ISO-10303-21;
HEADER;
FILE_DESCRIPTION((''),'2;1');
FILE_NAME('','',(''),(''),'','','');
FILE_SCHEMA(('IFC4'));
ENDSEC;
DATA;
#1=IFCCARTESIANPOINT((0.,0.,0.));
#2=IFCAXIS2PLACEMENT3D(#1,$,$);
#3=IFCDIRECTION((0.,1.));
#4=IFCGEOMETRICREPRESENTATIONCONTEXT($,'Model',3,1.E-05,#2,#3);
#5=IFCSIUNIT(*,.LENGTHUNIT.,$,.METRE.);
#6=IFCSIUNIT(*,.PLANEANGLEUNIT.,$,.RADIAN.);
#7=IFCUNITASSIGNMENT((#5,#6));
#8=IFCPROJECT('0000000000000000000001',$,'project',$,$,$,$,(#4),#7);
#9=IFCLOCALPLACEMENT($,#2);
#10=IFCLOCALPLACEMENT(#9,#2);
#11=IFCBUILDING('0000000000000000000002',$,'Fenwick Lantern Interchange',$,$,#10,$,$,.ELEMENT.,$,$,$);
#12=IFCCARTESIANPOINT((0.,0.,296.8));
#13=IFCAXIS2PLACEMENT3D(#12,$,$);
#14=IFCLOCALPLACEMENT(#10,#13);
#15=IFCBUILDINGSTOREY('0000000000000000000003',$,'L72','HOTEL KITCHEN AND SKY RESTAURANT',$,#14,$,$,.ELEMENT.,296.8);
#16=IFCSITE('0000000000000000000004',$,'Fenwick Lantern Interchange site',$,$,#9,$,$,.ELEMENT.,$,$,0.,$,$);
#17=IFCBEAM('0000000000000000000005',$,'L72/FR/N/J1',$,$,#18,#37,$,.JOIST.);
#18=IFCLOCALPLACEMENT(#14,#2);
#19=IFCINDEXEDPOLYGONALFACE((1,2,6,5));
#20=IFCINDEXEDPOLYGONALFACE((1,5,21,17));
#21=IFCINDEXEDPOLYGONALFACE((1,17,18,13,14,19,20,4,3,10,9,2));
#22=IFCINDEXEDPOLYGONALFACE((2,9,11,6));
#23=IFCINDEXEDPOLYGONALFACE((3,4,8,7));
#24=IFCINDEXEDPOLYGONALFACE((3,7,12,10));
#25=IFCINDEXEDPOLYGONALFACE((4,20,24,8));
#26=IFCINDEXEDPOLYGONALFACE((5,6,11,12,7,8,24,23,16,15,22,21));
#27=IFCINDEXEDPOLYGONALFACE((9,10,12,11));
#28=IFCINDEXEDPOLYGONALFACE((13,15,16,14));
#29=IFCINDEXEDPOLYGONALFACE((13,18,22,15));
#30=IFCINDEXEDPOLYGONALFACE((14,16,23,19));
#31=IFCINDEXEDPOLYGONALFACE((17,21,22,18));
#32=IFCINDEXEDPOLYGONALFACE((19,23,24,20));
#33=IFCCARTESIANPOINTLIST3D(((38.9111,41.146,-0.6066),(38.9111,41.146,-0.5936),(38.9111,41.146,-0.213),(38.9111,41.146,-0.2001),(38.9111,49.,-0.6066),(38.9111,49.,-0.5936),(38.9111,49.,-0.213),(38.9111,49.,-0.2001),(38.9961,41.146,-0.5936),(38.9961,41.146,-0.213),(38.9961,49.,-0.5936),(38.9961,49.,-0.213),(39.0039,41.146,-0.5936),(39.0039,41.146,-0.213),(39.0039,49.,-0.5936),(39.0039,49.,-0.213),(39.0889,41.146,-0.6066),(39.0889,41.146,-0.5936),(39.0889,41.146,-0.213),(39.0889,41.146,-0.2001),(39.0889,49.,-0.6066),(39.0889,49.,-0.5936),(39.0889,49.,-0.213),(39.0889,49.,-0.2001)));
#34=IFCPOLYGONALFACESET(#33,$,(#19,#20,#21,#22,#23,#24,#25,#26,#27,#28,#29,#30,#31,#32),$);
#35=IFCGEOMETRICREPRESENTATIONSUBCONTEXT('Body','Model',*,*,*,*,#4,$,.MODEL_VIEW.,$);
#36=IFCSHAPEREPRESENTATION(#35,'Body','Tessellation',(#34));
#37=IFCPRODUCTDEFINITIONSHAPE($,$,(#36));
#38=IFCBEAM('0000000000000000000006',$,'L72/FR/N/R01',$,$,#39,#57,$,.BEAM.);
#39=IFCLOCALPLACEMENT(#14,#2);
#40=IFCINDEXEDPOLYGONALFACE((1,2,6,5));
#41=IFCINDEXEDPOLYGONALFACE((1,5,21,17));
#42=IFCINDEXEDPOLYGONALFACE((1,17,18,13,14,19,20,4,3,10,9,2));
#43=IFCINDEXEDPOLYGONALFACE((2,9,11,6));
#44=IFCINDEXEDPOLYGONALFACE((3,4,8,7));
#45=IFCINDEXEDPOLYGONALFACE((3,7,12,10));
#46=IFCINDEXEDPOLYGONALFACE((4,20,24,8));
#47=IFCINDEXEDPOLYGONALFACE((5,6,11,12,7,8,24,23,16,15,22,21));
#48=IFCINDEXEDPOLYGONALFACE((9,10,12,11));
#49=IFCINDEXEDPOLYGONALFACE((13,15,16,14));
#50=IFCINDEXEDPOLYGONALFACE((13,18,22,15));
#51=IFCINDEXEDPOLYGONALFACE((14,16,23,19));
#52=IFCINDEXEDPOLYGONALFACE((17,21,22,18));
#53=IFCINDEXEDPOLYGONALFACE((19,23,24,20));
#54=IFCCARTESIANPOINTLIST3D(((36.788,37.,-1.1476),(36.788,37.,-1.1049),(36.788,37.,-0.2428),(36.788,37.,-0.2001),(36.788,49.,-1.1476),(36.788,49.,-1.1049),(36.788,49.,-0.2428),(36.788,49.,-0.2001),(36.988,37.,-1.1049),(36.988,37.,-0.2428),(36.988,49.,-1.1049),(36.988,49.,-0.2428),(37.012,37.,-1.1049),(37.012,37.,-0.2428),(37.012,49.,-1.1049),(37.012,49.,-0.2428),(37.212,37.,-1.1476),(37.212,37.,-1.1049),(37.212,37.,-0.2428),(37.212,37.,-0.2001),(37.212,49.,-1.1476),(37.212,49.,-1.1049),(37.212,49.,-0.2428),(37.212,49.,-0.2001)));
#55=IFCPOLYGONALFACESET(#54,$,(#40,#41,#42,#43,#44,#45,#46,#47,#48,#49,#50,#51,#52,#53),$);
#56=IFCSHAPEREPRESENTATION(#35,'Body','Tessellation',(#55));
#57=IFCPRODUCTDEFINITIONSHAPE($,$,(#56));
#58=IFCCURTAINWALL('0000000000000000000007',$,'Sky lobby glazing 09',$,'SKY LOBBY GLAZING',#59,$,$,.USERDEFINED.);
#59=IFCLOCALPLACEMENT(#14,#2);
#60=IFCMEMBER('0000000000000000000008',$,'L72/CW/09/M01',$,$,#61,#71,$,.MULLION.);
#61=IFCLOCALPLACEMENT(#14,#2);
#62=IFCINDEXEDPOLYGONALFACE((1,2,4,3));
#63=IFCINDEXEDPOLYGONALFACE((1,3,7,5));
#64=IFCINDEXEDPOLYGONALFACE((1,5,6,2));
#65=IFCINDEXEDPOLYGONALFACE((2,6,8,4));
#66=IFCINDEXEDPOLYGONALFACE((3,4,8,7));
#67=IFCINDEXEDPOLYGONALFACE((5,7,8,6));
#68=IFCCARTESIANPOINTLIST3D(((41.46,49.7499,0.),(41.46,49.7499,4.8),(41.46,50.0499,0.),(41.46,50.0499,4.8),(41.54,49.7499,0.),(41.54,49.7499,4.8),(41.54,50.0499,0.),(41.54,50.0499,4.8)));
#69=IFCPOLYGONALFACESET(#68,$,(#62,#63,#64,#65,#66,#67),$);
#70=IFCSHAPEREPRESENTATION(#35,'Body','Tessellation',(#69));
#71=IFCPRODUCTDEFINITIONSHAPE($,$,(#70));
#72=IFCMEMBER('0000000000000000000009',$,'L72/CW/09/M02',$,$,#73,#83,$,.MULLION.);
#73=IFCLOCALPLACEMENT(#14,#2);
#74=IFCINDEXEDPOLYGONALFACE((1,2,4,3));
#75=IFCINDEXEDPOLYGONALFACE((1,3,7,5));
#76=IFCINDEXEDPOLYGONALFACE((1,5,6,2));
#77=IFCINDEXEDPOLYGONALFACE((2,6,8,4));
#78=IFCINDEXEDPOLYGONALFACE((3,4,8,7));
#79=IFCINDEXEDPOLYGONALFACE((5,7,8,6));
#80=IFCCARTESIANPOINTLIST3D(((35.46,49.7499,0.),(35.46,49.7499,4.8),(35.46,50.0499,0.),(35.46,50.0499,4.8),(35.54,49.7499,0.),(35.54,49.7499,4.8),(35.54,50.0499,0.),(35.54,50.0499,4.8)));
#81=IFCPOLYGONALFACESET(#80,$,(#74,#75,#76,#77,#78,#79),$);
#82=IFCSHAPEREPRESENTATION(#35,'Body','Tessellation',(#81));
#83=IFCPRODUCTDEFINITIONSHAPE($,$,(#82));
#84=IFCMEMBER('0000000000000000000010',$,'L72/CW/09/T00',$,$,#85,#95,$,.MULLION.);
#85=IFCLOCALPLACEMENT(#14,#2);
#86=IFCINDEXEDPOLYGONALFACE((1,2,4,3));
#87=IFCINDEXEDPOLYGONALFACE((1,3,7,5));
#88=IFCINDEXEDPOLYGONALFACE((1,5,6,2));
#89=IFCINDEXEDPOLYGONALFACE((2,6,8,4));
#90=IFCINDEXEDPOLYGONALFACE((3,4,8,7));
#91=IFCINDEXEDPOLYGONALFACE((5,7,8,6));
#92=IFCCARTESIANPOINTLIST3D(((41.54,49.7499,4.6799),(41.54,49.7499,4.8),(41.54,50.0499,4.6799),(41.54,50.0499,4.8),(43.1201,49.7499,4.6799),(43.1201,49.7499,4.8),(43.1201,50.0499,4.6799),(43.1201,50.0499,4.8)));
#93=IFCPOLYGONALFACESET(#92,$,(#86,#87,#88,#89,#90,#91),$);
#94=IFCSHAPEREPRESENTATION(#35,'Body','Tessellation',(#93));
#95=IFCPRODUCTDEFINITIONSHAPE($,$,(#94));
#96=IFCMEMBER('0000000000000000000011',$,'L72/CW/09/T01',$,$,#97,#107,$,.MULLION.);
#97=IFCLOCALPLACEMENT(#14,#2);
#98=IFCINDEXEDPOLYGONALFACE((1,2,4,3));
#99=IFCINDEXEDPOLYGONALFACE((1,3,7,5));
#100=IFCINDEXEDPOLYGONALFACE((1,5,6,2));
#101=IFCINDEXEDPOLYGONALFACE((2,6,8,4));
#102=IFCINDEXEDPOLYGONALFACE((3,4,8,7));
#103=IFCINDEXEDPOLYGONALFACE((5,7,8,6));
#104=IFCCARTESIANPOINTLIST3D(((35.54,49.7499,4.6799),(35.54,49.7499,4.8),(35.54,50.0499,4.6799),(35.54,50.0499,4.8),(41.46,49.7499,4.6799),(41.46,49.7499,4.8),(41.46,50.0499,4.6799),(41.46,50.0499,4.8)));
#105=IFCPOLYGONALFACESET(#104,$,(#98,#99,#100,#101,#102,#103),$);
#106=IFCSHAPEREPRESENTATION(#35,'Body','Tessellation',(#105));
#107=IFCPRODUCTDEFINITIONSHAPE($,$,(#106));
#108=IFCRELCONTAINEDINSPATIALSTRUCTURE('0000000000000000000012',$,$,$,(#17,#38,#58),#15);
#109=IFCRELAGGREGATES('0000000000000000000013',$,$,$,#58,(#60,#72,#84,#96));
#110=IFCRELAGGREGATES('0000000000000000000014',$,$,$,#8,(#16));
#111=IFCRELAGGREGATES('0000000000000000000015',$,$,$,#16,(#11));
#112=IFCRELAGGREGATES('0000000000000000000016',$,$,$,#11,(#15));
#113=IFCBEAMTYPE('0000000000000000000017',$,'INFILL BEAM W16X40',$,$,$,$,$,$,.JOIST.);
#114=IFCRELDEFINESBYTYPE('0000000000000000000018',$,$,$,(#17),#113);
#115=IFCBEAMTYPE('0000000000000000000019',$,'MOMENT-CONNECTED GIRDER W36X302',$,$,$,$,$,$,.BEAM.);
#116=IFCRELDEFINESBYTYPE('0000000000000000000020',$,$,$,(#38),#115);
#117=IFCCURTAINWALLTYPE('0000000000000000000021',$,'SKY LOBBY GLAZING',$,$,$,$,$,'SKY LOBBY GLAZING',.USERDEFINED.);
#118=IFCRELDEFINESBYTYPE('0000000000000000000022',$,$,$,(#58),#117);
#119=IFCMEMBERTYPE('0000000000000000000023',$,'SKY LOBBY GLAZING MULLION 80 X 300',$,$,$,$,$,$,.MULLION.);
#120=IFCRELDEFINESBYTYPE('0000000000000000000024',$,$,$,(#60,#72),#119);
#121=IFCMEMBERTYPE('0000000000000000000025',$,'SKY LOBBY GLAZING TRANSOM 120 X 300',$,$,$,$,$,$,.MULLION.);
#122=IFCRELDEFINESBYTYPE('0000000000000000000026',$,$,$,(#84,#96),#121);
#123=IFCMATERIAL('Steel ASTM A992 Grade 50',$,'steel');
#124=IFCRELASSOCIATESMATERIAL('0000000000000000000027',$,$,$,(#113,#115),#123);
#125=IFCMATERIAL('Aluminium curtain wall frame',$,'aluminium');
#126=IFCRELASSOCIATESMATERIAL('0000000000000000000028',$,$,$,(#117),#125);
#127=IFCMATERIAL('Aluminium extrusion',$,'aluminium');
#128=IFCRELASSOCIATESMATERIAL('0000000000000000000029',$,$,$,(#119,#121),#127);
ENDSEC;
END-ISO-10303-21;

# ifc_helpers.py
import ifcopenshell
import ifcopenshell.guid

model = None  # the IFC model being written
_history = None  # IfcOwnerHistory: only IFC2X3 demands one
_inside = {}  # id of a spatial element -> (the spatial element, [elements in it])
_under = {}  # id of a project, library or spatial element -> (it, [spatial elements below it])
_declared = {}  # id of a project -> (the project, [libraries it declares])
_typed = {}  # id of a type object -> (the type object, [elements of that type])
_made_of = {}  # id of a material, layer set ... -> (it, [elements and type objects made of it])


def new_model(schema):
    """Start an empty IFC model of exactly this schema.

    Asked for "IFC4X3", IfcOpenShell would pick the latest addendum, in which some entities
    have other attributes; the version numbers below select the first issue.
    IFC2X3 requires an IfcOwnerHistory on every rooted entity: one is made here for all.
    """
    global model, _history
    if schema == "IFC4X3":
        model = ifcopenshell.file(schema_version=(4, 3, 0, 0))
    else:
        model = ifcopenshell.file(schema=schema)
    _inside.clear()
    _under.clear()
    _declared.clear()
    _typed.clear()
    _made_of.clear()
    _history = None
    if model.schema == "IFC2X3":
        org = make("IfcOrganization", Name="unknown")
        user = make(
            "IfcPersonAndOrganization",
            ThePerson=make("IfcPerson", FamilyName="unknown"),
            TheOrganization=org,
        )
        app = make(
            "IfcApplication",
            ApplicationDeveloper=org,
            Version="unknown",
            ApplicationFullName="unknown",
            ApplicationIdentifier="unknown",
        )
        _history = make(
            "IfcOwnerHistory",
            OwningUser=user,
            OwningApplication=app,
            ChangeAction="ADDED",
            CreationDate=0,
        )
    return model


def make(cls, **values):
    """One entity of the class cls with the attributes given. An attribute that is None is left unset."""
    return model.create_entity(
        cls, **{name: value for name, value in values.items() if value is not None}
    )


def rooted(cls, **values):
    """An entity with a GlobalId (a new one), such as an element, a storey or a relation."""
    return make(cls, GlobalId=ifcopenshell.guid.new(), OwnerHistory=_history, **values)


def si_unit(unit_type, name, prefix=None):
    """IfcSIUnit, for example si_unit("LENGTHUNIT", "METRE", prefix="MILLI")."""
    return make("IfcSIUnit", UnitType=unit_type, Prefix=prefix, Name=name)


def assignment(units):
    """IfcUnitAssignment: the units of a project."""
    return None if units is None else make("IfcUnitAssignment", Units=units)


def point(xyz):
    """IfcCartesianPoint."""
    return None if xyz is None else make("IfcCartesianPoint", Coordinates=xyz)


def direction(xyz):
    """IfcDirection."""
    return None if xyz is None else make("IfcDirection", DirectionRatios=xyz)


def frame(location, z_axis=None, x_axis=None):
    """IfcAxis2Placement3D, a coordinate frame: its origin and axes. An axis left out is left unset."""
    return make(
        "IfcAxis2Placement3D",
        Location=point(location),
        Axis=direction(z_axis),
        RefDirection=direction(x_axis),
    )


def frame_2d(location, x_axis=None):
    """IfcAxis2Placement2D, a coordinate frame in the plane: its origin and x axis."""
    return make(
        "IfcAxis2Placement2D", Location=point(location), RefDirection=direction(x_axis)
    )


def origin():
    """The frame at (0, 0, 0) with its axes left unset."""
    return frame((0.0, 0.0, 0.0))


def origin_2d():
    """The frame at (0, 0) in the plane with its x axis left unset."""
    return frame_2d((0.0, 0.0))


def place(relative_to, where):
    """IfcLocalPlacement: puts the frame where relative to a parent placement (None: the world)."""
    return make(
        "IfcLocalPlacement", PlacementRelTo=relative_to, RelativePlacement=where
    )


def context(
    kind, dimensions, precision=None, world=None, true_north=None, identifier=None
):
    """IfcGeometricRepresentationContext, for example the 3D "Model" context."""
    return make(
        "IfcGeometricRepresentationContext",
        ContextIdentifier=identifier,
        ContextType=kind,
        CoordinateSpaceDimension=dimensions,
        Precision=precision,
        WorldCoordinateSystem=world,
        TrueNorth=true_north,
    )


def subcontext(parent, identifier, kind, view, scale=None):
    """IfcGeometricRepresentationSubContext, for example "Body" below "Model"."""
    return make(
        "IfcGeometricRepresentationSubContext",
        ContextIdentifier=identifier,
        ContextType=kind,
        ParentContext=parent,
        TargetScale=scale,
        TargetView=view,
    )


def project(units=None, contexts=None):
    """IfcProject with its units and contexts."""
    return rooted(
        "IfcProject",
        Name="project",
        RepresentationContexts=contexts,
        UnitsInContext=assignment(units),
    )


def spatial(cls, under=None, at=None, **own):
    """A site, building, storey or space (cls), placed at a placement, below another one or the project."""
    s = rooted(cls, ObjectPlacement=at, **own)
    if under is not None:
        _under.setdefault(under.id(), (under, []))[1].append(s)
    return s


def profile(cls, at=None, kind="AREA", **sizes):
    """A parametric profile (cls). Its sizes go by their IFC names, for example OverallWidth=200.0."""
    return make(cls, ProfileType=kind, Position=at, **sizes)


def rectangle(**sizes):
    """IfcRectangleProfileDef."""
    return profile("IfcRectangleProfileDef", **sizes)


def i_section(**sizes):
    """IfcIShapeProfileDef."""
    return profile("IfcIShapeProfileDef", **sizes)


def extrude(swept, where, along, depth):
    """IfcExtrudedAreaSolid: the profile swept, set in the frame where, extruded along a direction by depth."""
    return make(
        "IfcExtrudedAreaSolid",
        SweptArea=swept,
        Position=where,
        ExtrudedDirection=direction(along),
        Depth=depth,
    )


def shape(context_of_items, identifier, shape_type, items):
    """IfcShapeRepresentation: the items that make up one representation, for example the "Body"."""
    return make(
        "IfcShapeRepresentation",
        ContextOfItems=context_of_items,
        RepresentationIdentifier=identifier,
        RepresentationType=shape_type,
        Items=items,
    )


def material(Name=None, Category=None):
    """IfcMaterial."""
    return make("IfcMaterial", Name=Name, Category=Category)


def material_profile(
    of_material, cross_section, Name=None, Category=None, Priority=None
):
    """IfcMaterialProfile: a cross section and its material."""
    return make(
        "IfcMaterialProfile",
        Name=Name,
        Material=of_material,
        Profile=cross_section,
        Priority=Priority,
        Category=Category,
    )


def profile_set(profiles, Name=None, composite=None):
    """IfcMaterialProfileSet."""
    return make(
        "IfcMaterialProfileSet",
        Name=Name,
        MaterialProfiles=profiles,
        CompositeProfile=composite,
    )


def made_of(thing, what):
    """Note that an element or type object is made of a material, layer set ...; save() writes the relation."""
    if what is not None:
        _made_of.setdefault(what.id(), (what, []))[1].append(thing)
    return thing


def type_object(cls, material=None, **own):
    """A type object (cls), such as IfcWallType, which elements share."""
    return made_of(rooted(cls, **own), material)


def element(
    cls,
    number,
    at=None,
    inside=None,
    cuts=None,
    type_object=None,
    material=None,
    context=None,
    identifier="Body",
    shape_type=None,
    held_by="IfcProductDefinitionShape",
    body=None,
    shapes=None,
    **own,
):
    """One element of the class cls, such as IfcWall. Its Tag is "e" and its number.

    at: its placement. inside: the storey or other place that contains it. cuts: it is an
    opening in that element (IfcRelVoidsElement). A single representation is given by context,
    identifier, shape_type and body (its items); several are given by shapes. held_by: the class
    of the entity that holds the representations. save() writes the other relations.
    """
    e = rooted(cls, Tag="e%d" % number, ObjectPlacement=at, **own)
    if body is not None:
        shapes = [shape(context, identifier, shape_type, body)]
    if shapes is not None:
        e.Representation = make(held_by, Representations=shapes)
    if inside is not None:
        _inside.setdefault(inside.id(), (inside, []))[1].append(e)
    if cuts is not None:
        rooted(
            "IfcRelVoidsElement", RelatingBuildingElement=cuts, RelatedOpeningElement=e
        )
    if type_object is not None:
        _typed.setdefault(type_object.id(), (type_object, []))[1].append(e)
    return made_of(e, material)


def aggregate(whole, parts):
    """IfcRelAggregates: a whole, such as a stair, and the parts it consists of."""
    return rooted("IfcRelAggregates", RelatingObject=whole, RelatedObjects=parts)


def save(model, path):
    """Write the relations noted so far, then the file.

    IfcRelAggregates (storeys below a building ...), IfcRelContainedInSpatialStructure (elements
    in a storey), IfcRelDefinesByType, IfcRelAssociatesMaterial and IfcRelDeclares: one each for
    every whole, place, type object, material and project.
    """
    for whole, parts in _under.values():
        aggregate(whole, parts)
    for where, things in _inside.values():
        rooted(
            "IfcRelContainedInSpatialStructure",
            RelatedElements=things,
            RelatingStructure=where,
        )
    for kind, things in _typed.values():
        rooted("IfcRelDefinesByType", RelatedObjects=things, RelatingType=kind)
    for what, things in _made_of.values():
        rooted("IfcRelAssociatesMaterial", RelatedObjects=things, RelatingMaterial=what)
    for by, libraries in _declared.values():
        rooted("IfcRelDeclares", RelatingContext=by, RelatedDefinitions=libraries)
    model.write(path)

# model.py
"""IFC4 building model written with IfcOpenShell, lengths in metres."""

from ifc_helpers import new_model, si_unit, direction, frame, origin, origin_2d, place, context, subcontext, project, spatial, rectangle, i_section, extrude, material, material_profile, profile_set, type_object, element, aggregate, save


model = new_model("IFC4")

# Units and contexts
model_context = context("Model", 3, precision=1e-05, world=origin(), true_north=direction((0.0, 1.0)))
body_context = subcontext(model_context, "Body", "Model", "MODEL_VIEW")
ifc_project = project(units=[si_unit("LENGTHUNIT", "METRE"), si_unit("PLANEANGLEUNIT", "RADIAN")], contexts=[model_context])

# Site, building, storey
site_placement = place(None, origin())
site = spatial("IfcSite", under=ifc_project, at=site_placement, Name="Fenwick Lantern Interchange site", CompositionType="ELEMENT", RefElevation=0.0)
building_placement = place(site_placement, origin())
building = spatial("IfcBuilding", under=site, at=building_placement, Name="Fenwick Lantern Interchange", CompositionType="ELEMENT")
storey_placement = place(building_placement, frame((0.0, 0.0, 296.8)))
storey = spatial("IfcBuildingStorey", under=building, at=storey_placement, Name="L72", Description="HOTEL KITCHEN AND SKY RESTAURANT", CompositionType="ELEMENT", Elevation=296.8)

# Shared definitions
ifc_material_1 = material(Name="Steel ASTM A992 Grade 50", Category="steel")

# Beams
ifc_material_profile_1 = material_profile(ifc_material_1, i_section(OverallWidth=0.1777, OverallDepth=0.4065, WebThickness=0.0078, FlangeThickness=0.0129, at=origin_2d()), Name="W16X40")
ifc_profile_set_1 = profile_set([ifc_material_profile_1], Name="Steel ASTM A992 Grade 50")
beam_type_1 = type_object("IfcBeamType", Name="INFILL BEAM W16X40", PredefinedType="JOIST", material=ifc_profile_set_1)
beam_1_placement = place(storey_placement, frame((39.0, 49.0, -0.4033), z_axis=(0.0, -1.0, 0.0), x_axis=(1.0, 0.0, 0.0)))
element("IfcBeam", 1, at=beam_1_placement, inside=storey, type_object=beam_type_1, Name="L72/FR/N/J1", PredefinedType="JOIST", context=body_context, shape_type="SweptSolid", body=[
    extrude(i_section(OverallWidth=0.1777, OverallDepth=0.4065, WebThickness=0.0078, FlangeThickness=0.0129, at=origin_2d()), origin(), (0.0, 0.0, 1.0), 7.854),
])
ifc_material_profile_2 = material_profile(ifc_material_1, i_section(OverallWidth=0.4241, OverallDepth=0.9475, WebThickness=0.0239, FlangeThickness=0.0427, at=origin_2d()), Name="W36X302")
ifc_profile_set_2 = profile_set([ifc_material_profile_2], Name="Steel ASTM A992 Grade 50")
beam_type_2 = type_object("IfcBeamType", Name="MOMENT-CONNECTED GIRDER W36X302", PredefinedType="BEAM", material=ifc_profile_set_2)
beam_2_placement = place(storey_placement, frame((37.0, 49.0, -0.6738), z_axis=(0.0, -1.0, 0.0), x_axis=(1.0, 0.0, 0.0)))
element("IfcBeam", 2, at=beam_2_placement, inside=storey, type_object=beam_type_2, Name="L72/FR/N/R01", PredefinedType="BEAM", context=body_context, shape_type="SweptSolid", body=[
    extrude(i_section(OverallWidth=0.4241, OverallDepth=0.9475, WebThickness=0.0239, FlangeThickness=0.0427, at=origin_2d()), origin(), (0.0, 0.0, 1.0), 12.0),
])

# Curtain wall, members
ifc_material_2 = material(Name="Aluminium curtain wall frame", Category="aluminium")
curtain_wall_type = type_object("IfcCurtainWallType", Name="SKY LOBBY GLAZING", ElementType="SKY LOBBY GLAZING", PredefinedType="USERDEFINED", material=ifc_material_2)
curtain_wall_placement = place(storey_placement, origin())
curtain_wall = element("IfcCurtainWall", 3, at=curtain_wall_placement, inside=storey, type_object=curtain_wall_type, Name="Sky lobby glazing 09", ObjectType="SKY LOBBY GLAZING", PredefinedType="USERDEFINED")
ifc_material_3 = material(Name="Aluminium extrusion", Category="aluminium")
ifc_material_profile_3 = material_profile(ifc_material_3, rectangle(XDim=0.3, YDim=0.0801, at=origin_2d()), Name="SKY LOBBY GLAZING MULLION 80 X 300")
ifc_profile_set_3 = profile_set([ifc_material_profile_3], Name="Aluminium extrusion")
member_type_1 = type_object("IfcMemberType", Name="SKY LOBBY GLAZING MULLION 80 X 300", PredefinedType="MULLION", material=ifc_profile_set_3)
member_1_placement = place(storey_placement, frame((41.5, 49.8999, 0.0), z_axis=(0.0, 0.0, 1.0), x_axis=(0.0, -1.0, 0.0)))
member_1 = element("IfcMember", 4, at=member_1_placement, type_object=member_type_1, Name="L72/CW/09/M01", PredefinedType="MULLION", context=body_context, shape_type="SweptSolid", body=[
    extrude(rectangle(XDim=0.3, YDim=0.0801, at=origin_2d()), origin(), (0.0, 0.0, 1.0), 4.8),
])
member_2_placement = place(storey_placement, frame((35.5, 49.8999, 0.0), z_axis=(0.0, 0.0, 1.0), x_axis=(0.0, -1.0, 0.0)))
member_2 = element("IfcMember", 5, at=member_2_placement, type_object=member_type_1, Name="L72/CW/09/M02", PredefinedType="MULLION", context=body_context, shape_type="SweptSolid", body=[
    extrude(rectangle(XDim=0.3, YDim=0.0801, at=origin_2d()), origin(), (0.0, 0.0, 1.0), 4.8),
])
ifc_material_profile_4 = material_profile(ifc_material_3, rectangle(XDim=0.3, YDim=0.1201, at=origin_2d()), Name="SKY LOBBY GLAZING TRANSOM 120 X 300")
ifc_profile_set_4 = profile_set([ifc_material_profile_4], Name="Aluminium extrusion")
member_type_2 = type_object("IfcMemberType", Name="SKY LOBBY GLAZING TRANSOM 120 X 300", PredefinedType="MULLION", material=ifc_profile_set_4)
member_3_placement = place(storey_placement, frame((43.1201, 49.8999, 4.74), z_axis=(-1.0, 0.0, 0.0), x_axis=(0.0, -1.0, 0.0)))
member_3 = element("IfcMember", 6, at=member_3_placement, type_object=member_type_2, Name="L72/CW/09/T00", PredefinedType="MULLION", context=body_context, shape_type="SweptSolid", body=[
    extrude(rectangle(XDim=0.3, YDim=0.1201, at=origin_2d()), origin(), (0.0, 0.0, 1.0), 1.5801),
])
member_4_placement = place(storey_placement, frame((41.46, 49.8999, 4.74), z_axis=(-1.0, 0.0, 0.0), x_axis=(0.0, -1.0, 0.0)))
member_4 = element("IfcMember", 7, at=member_4_placement, type_object=member_type_2, Name="L72/CW/09/T01", PredefinedType="MULLION", context=body_context, shape_type="SweptSolid", body=[
    extrude(rectangle(XDim=0.3, YDim=0.1201, at=origin_2d()), origin(), (0.0, 0.0, 1.0), 5.9199),
])
aggregate(curtain_wall, [member_1, member_2, member_3, member_4])

save(model, "model.ifc")
